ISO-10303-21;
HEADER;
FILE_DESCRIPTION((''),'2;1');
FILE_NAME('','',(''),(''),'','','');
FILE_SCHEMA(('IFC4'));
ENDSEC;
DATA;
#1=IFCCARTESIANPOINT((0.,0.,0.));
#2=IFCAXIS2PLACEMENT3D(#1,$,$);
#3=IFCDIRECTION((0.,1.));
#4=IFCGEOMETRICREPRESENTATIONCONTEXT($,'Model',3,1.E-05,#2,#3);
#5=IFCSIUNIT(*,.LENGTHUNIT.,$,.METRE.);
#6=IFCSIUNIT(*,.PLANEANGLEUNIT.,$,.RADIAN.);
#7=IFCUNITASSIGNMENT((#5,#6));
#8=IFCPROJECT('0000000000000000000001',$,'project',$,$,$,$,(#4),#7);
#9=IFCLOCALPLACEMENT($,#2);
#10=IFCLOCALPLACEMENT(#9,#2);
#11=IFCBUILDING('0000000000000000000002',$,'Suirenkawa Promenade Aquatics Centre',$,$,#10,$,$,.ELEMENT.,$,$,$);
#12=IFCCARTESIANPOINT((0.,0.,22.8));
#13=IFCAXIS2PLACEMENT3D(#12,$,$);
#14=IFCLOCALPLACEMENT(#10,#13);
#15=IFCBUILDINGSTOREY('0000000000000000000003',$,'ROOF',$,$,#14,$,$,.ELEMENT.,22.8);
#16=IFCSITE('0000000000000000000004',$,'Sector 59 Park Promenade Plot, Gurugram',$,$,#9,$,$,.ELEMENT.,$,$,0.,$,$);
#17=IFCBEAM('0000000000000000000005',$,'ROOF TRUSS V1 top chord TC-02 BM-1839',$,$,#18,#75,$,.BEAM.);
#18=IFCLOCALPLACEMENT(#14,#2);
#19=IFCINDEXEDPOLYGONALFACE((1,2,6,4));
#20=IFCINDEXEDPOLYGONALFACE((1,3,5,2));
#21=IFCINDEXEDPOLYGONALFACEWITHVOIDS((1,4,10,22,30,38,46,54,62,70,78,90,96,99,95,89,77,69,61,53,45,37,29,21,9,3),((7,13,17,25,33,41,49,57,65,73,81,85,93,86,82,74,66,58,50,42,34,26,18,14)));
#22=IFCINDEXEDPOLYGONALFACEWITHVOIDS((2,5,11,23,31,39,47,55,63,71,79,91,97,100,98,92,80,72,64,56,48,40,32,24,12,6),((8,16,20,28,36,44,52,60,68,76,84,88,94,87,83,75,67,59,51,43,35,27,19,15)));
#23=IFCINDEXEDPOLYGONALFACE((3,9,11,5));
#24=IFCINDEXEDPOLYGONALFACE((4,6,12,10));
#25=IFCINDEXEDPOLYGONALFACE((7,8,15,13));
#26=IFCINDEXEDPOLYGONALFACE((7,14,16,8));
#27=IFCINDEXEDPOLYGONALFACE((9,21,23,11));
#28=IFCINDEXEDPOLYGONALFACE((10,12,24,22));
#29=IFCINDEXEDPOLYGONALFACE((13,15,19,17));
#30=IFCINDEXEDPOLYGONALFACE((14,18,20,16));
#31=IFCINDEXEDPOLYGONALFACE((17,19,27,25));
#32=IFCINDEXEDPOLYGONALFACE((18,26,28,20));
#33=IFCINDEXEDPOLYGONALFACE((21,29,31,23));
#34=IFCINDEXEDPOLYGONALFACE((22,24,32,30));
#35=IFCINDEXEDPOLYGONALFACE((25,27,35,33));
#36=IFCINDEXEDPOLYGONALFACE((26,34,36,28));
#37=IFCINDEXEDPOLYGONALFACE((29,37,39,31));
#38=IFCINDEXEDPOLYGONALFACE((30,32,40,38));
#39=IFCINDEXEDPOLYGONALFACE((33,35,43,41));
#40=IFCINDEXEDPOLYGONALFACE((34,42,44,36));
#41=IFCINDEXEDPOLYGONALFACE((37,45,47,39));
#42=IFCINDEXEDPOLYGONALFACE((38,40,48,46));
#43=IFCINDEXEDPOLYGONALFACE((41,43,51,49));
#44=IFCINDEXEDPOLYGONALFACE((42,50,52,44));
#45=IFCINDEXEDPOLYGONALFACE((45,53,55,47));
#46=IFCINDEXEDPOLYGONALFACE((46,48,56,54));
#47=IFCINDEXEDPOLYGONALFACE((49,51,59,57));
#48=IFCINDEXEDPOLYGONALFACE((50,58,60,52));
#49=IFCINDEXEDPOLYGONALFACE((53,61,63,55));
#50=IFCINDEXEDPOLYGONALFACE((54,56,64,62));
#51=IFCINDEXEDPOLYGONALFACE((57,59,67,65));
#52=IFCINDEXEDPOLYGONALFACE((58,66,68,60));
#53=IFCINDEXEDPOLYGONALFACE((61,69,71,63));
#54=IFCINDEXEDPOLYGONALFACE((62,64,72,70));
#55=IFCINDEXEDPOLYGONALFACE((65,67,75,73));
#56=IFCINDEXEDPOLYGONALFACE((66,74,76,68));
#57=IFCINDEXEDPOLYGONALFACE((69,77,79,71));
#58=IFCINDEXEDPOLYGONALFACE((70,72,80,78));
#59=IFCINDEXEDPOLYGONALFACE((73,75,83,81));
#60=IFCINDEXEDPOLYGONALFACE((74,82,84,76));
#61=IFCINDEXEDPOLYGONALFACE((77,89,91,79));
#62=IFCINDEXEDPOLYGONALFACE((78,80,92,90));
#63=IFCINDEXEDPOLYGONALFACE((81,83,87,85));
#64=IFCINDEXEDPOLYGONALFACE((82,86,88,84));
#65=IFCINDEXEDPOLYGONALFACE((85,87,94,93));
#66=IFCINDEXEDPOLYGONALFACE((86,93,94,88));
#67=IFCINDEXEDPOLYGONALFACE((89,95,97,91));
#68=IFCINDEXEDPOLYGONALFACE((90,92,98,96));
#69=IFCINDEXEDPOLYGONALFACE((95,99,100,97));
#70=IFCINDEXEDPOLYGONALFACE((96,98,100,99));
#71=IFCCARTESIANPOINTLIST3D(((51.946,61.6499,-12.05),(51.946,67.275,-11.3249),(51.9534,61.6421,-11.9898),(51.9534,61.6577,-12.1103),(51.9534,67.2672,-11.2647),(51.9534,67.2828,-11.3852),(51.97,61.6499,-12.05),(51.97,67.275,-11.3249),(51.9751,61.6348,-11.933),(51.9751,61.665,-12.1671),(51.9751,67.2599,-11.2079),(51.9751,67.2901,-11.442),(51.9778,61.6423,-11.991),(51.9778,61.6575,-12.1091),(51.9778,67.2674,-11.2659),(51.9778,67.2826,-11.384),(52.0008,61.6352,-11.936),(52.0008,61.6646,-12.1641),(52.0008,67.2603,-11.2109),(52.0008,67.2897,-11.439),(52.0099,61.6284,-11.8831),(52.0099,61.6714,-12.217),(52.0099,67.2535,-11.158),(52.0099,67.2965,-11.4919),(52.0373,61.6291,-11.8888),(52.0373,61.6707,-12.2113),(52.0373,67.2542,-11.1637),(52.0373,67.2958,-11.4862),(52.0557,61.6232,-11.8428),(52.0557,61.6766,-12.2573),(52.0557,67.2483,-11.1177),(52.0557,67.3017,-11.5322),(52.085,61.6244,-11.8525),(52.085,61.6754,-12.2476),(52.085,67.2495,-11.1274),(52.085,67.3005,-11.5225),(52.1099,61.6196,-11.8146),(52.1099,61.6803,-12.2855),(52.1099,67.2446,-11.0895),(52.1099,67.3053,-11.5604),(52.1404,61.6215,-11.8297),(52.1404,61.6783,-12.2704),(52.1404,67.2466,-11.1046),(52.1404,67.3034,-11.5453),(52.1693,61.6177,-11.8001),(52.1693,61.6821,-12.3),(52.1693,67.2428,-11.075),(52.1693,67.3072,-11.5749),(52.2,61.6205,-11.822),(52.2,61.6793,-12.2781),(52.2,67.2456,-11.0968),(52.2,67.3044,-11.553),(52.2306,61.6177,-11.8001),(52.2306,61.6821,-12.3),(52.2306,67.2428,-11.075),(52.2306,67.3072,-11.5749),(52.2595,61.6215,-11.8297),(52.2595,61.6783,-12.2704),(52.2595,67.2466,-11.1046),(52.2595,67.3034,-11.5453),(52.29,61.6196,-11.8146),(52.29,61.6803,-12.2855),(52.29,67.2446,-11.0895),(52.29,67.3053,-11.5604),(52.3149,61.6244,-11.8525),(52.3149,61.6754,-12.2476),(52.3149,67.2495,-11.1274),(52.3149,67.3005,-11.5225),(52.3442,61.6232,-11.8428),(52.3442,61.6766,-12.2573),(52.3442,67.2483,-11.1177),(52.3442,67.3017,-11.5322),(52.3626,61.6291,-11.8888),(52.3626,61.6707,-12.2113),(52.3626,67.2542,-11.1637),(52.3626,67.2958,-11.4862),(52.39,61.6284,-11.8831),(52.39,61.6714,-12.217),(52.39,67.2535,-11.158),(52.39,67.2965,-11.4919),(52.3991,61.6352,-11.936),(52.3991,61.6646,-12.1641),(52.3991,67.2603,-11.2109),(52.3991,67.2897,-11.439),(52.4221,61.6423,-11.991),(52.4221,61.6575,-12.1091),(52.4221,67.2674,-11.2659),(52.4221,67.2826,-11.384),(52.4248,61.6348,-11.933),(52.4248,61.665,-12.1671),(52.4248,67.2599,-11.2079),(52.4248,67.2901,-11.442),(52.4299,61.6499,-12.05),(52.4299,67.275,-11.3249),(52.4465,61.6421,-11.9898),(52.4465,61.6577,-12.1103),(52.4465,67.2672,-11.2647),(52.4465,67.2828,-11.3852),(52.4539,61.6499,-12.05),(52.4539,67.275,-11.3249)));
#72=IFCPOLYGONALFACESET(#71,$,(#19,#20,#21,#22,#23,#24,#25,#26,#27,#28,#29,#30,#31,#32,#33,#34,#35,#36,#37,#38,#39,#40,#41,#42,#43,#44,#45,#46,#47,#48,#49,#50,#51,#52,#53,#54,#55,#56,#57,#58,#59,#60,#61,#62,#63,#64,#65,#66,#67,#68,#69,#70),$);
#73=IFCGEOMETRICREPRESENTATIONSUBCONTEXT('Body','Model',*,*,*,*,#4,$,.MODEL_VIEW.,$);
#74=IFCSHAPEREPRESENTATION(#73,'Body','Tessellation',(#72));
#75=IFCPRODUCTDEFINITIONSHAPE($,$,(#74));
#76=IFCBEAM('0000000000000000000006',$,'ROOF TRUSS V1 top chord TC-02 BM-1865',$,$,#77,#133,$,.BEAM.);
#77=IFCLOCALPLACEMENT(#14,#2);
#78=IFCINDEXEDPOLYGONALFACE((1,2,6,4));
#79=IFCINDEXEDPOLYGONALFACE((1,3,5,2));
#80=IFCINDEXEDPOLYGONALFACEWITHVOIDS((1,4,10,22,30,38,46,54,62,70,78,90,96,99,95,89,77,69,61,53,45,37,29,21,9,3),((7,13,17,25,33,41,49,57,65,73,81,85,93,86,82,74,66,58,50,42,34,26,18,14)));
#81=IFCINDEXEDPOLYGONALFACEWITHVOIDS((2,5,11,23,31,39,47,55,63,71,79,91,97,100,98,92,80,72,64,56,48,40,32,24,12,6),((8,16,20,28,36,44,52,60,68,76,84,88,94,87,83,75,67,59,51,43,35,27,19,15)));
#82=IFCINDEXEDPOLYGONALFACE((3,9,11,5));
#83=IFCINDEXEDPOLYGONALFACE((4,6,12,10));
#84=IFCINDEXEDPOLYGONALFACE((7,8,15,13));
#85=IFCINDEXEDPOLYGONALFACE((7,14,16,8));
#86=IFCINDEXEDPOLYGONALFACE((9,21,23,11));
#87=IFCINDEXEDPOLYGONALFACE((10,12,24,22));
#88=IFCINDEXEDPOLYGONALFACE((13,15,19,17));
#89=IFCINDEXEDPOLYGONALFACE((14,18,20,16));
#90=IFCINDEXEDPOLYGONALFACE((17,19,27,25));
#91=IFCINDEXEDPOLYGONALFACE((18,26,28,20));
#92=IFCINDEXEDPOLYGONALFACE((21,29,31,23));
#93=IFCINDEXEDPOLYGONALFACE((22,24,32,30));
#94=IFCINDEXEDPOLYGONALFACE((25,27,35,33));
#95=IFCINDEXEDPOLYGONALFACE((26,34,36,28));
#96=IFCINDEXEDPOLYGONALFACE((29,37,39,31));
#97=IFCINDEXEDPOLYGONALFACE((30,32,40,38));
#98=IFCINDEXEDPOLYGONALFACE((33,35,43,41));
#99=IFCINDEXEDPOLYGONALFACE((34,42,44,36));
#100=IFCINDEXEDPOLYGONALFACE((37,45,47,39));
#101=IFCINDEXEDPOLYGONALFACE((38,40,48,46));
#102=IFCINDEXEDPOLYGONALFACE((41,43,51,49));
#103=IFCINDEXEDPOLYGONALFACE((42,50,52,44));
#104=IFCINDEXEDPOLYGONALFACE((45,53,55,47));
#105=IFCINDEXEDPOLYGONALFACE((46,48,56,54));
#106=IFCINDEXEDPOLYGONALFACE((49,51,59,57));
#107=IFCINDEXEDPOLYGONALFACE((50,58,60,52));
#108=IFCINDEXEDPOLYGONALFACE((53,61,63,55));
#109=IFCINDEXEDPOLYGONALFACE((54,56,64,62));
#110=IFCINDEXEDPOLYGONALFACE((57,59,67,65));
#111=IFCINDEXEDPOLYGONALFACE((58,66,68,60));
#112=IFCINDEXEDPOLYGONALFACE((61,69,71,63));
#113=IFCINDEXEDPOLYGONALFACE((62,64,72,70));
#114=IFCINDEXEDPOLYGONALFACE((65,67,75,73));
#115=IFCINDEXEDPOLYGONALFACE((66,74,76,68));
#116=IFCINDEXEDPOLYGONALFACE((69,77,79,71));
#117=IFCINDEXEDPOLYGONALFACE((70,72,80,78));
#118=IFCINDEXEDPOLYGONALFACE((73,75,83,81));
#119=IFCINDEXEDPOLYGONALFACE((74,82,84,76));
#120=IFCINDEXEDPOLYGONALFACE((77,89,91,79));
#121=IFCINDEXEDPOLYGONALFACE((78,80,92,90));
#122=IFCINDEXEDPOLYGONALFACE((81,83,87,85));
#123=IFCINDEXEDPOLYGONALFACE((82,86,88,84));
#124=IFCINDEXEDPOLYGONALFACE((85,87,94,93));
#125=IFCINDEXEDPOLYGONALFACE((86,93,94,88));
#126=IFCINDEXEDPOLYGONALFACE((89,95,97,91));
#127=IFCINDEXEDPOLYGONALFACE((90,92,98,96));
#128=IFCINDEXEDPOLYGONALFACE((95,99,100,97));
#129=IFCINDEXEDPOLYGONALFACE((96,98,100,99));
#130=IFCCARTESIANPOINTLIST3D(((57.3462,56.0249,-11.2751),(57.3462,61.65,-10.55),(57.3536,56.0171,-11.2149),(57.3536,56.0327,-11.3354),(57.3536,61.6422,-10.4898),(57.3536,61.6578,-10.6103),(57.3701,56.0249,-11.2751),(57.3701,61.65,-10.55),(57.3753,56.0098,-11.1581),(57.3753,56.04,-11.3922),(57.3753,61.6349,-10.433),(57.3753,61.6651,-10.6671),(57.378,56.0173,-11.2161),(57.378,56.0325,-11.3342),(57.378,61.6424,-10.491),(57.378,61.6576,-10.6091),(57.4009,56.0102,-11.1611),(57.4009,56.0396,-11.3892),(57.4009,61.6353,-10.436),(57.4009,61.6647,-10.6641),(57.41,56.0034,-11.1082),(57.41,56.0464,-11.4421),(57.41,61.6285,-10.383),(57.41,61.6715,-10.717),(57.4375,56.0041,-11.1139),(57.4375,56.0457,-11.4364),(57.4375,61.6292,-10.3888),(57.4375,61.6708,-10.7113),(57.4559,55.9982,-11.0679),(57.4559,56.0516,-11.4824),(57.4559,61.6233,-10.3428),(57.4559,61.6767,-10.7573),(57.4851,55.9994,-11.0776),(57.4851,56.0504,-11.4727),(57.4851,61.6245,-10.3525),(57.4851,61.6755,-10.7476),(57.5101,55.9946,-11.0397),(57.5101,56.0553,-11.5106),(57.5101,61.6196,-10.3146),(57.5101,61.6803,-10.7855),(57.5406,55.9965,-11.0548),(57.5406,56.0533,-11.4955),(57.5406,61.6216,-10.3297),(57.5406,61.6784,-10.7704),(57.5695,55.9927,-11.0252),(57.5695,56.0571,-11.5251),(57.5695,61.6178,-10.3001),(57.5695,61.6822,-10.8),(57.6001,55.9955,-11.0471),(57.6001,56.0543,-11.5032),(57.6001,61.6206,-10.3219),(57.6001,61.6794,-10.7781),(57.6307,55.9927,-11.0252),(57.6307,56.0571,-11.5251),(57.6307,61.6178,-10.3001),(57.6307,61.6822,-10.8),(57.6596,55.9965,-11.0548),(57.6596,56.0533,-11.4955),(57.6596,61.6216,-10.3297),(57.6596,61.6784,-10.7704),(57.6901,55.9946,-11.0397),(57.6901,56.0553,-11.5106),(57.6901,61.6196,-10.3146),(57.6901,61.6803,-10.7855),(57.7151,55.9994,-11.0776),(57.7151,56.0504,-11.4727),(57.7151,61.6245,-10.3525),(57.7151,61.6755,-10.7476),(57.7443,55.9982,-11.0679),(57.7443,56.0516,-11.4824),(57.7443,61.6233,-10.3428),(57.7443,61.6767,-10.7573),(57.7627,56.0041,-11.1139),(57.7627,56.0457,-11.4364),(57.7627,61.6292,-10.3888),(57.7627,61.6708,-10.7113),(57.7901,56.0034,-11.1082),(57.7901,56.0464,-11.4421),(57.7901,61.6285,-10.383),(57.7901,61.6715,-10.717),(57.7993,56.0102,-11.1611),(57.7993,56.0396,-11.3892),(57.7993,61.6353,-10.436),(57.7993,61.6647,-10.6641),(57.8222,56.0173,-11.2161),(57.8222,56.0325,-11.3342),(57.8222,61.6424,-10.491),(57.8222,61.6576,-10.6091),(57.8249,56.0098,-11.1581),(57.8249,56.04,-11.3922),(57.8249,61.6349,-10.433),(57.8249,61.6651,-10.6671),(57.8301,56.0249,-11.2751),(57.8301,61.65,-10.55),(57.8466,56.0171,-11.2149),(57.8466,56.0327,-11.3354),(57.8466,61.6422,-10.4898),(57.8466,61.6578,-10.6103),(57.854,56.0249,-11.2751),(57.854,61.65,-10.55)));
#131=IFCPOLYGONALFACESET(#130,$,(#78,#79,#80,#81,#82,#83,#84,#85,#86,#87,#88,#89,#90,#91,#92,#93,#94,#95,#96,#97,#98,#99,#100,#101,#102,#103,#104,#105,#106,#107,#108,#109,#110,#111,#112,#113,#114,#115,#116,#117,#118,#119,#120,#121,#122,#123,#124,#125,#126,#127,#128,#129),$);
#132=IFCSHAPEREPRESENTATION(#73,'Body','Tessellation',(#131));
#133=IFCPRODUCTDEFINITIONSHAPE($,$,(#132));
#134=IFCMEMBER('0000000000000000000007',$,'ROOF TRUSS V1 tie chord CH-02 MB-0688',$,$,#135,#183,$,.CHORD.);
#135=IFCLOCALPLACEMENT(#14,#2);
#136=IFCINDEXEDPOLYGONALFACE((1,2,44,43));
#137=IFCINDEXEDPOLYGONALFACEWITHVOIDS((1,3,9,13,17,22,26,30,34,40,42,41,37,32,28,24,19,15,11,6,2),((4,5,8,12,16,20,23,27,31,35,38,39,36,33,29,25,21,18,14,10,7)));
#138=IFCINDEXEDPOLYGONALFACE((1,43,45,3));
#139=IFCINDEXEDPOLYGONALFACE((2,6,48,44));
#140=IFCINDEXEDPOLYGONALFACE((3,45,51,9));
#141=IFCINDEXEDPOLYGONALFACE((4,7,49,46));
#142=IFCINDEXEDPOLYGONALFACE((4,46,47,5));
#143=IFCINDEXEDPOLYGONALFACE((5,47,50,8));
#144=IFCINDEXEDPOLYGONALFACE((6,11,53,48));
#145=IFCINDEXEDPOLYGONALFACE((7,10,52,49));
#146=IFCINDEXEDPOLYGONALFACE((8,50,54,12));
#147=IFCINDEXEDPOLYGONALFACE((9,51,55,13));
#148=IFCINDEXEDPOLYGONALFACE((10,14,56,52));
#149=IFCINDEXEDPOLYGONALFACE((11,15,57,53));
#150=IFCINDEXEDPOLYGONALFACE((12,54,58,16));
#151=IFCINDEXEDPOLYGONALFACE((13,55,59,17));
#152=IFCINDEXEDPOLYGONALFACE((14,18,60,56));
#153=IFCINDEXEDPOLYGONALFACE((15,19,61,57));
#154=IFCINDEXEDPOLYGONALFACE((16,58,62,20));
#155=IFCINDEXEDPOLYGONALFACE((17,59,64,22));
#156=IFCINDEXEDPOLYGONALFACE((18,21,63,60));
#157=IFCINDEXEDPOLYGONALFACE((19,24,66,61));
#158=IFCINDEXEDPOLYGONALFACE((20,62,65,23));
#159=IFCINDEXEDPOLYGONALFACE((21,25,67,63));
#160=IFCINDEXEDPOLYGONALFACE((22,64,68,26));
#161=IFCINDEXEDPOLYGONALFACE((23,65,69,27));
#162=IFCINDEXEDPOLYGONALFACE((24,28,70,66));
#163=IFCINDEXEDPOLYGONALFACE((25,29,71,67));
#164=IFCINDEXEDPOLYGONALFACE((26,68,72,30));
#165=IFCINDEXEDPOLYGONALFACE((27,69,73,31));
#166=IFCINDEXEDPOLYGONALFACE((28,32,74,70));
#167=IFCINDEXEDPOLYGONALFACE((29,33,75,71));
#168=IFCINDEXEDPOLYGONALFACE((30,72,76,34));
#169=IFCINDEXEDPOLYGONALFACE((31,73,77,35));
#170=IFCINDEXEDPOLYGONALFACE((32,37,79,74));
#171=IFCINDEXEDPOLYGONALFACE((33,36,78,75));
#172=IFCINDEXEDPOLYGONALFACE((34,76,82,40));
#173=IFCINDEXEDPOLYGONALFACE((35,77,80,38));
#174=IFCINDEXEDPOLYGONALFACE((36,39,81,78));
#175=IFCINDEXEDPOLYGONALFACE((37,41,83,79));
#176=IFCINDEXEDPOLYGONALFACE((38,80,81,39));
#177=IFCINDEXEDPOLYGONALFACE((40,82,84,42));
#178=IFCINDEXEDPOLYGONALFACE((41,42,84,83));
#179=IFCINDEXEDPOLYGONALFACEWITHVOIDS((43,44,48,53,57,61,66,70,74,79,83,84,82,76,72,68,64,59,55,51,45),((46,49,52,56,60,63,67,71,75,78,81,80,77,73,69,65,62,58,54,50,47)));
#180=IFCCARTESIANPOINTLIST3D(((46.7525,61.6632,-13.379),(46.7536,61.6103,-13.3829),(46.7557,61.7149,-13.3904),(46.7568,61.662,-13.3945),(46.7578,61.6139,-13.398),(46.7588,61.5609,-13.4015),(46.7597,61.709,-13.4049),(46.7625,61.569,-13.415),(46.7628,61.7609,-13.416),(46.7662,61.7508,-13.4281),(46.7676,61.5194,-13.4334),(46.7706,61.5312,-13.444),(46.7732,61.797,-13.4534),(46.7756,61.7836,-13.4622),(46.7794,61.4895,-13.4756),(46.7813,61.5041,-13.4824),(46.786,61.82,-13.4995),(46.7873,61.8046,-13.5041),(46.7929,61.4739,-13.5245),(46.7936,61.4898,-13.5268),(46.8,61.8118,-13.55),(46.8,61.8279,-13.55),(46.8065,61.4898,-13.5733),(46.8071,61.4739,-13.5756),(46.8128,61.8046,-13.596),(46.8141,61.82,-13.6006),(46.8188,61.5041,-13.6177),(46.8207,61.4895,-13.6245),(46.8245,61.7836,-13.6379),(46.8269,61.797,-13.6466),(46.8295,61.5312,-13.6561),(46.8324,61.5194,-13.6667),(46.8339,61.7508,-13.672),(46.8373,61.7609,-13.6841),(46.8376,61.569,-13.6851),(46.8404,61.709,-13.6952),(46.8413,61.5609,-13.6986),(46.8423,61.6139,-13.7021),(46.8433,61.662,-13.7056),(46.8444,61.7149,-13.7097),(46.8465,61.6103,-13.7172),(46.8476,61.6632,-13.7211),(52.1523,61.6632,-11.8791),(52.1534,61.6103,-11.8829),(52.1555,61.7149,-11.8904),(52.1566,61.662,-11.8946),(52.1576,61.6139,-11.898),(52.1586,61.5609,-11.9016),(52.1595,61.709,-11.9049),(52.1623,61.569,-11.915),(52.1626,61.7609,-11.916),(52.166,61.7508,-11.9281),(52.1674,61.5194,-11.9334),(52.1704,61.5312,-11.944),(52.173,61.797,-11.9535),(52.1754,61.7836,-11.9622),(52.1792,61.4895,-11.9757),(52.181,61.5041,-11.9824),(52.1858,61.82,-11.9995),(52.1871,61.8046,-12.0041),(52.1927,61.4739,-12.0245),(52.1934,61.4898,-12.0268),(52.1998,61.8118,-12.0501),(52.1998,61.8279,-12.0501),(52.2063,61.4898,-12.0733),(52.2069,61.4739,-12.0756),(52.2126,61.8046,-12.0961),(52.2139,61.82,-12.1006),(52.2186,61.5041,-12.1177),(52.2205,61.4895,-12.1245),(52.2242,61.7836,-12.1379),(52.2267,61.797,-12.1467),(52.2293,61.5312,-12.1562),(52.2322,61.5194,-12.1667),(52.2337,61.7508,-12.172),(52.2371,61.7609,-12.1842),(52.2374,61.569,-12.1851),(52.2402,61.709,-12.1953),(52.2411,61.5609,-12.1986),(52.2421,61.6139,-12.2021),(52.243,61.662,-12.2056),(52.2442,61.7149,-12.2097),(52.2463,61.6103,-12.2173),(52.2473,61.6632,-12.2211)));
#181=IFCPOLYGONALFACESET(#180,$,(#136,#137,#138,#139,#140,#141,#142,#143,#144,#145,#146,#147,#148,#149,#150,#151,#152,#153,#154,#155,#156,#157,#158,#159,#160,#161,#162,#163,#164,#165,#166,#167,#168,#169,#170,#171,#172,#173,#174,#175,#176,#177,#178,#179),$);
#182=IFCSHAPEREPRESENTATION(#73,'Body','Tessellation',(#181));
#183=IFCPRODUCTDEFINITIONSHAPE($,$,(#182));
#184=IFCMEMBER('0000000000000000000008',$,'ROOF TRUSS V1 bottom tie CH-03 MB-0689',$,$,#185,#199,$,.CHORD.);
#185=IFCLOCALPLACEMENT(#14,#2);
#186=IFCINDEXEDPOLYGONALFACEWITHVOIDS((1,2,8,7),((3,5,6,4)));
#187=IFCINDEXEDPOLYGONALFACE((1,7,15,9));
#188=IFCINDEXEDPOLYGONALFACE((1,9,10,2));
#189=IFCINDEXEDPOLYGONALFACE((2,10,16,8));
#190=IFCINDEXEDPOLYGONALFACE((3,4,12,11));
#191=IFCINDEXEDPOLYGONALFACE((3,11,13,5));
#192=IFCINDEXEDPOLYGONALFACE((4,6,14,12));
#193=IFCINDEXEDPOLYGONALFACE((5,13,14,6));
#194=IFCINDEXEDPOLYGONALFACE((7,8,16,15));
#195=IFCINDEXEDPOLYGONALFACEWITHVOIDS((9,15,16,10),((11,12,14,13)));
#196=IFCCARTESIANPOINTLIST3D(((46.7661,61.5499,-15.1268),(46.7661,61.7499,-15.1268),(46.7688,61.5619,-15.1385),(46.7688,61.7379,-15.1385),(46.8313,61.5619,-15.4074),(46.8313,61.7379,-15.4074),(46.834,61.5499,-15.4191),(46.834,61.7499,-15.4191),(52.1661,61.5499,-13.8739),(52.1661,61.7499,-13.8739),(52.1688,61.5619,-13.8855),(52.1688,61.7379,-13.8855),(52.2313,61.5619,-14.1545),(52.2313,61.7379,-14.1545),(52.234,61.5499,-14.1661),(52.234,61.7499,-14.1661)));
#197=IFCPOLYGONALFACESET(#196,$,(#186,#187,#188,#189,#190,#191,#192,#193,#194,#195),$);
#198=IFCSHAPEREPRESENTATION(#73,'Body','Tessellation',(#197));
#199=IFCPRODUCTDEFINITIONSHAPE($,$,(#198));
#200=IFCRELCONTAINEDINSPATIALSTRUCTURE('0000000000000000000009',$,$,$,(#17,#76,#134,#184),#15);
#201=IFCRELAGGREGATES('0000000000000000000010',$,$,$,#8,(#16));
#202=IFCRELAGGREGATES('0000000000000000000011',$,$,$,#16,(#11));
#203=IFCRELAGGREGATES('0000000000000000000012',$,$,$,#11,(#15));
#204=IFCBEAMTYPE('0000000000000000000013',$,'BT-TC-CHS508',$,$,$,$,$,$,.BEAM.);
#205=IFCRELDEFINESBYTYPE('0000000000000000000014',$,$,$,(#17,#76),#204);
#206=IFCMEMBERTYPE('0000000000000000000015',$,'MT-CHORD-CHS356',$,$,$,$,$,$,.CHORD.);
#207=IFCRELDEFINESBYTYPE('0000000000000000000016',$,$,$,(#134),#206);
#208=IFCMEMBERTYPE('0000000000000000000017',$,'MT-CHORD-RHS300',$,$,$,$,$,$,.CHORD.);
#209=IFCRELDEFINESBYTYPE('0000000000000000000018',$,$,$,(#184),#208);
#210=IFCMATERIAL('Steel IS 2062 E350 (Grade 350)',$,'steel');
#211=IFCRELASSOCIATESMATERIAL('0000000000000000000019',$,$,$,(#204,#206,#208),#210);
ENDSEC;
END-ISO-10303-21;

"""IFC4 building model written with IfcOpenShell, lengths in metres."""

from ifc_helpers import new_model, si_unit, direction, frame, origin, origin_2d, place, context, subcontext, project, spatial, hollow_rectangle, hollow_circle, extrude, material, material_profile, profile_set, type_object, element, save


model = new_model("IFC4")

# Units and contexts
model_context = context("Model", 3, precision=1e-05, world=origin(), true_north=direction((0.0, 1.0)))
body_context = subcontext(model_context, "Body", "Model", "MODEL_VIEW")
ifc_project = project(units=[si_unit("LENGTHUNIT", "METRE"), si_unit("PLANEANGLEUNIT", "RADIAN")], contexts=[model_context])

# Site, building, storey
site_placement = place(None, origin())
site = spatial("IfcSite", under=ifc_project, at=site_placement, Name="Sector 59 Park Promenade Plot, Gurugram", CompositionType="ELEMENT", RefElevation=0.0)
building_placement = place(site_placement, origin())
building = spatial("IfcBuilding", under=site, at=building_placement, Name="Suirenkawa Promenade Aquatics Centre", CompositionType="ELEMENT")
storey_placement = place(building_placement, frame((0.0, 0.0, 22.8)))
storey = spatial("IfcBuildingStorey", under=building, at=storey_placement, Name="ROOF", CompositionType="ELEMENT", Elevation=22.8)

# Beams
ifc_material = material(Name="Steel IS 2062 E350 (Grade 350)", Category="steel")
ifc_material_profile_1 = material_profile(ifc_material, hollow_circle(Radius=0.2539, WallThickness=0.0239, at=origin_2d()), Name="CHS 508x24", Category="steel")
ifc_profile_set_1 = profile_set([ifc_material_profile_1], Name="Steel IS 2062 E350 (Grade 350)")
beam_type_1 = type_object("IfcBeamType", Name="BT-TC-CHS508", PredefinedType="BEAM", material=ifc_profile_set_1)
for number, where, z_axis, x_axis, name in (
    (1, (52.2, 61.6499, -12.05), (0.0, 0.991794, 0.127848), (-1.0, 0.0, 0.0), "ROOF TRUSS V1 top chord TC-02 BM-1839"),
    (2, (57.6001, 56.0249, -11.2751), (0.0, 0.991794, 0.127848), (-1.0, 0.0, 0.0), "ROOF TRUSS V1 top chord TC-02 BM-1865"),
):
    element("IfcBeam", number, at=place(storey_placement, frame(where, z_axis=z_axis, x_axis=x_axis)), inside=storey, type_object=beam_type_1, Name=name, PredefinedType="BEAM", context=body_context, shape_type="SweptSolid", body=[
        extrude(hollow_circle(Radius=0.2539, WallThickness=0.0239, at=origin_2d()), origin(), (0.0, 0.0, 1.0), 5.6716),
    ])

# Members
ifc_material_profile_2 = material_profile(ifc_material, hollow_circle(Radius=0.178, WallThickness=0.0161, at=origin_2d()), Name="CHS 356x16", Category="steel")
ifc_profile_set_2 = profile_set([ifc_material_profile_2], Name="Steel IS 2062 E350 (Grade 350)")
member_type_1 = type_object("IfcMemberType", Name="MT-CHORD-CHS356", PredefinedType="CHORD", material=ifc_profile_set_2)
member_1_placement = place(storey_placement, frame((46.8, 61.6499, -13.55), z_axis=(0.963517, 0.0, 0.267648), x_axis=(0.0, 1.0, 0.0)))
element("IfcMember", 3, at=member_1_placement, inside=storey, type_object=member_type_1, Name="ROOF TRUSS V1 tie chord CH-02 MB-0688", PredefinedType="CHORD", context=body_context, shape_type="SweptSolid", body=[
    extrude(hollow_circle(Radius=0.178, WallThickness=0.0161, at=origin_2d()), origin(), (0.0, 0.0, 1.0), 5.6042),
])
ifc_material_profile_3 = material_profile(ifc_material, hollow_rectangle(XDim=0.2, YDim=0.3, WallThickness=0.012, at=origin_2d()), Name="RHS 300x200x12", Category="steel")
ifc_profile_set_3 = profile_set([ifc_material_profile_3], Name="Steel IS 2062 E350 (Grade 350)")
member_type_2 = type_object("IfcMemberType", Name="MT-CHORD-RHS300", PredefinedType="CHORD", material=ifc_profile_set_3)
member_2_placement = place(storey_placement, frame((46.8, 61.6499, -15.2729), z_axis=(0.974122, 0.0, 0.226024), x_axis=(0.0, 1.0, 0.0)))
element("IfcMember", 4, at=member_2_placement, inside=storey, type_object=member_type_2, Name="ROOF TRUSS V1 bottom tie CH-03 MB-0689", PredefinedType="CHORD", context=body_context, shape_type="SweptSolid", body=[
    extrude(hollow_rectangle(XDim=0.2, YDim=0.3, WallThickness=0.012, at=origin_2d()), origin(), (0.0, 0.0, 1.0), 5.5435),
])

save(model, "model.ifc")
